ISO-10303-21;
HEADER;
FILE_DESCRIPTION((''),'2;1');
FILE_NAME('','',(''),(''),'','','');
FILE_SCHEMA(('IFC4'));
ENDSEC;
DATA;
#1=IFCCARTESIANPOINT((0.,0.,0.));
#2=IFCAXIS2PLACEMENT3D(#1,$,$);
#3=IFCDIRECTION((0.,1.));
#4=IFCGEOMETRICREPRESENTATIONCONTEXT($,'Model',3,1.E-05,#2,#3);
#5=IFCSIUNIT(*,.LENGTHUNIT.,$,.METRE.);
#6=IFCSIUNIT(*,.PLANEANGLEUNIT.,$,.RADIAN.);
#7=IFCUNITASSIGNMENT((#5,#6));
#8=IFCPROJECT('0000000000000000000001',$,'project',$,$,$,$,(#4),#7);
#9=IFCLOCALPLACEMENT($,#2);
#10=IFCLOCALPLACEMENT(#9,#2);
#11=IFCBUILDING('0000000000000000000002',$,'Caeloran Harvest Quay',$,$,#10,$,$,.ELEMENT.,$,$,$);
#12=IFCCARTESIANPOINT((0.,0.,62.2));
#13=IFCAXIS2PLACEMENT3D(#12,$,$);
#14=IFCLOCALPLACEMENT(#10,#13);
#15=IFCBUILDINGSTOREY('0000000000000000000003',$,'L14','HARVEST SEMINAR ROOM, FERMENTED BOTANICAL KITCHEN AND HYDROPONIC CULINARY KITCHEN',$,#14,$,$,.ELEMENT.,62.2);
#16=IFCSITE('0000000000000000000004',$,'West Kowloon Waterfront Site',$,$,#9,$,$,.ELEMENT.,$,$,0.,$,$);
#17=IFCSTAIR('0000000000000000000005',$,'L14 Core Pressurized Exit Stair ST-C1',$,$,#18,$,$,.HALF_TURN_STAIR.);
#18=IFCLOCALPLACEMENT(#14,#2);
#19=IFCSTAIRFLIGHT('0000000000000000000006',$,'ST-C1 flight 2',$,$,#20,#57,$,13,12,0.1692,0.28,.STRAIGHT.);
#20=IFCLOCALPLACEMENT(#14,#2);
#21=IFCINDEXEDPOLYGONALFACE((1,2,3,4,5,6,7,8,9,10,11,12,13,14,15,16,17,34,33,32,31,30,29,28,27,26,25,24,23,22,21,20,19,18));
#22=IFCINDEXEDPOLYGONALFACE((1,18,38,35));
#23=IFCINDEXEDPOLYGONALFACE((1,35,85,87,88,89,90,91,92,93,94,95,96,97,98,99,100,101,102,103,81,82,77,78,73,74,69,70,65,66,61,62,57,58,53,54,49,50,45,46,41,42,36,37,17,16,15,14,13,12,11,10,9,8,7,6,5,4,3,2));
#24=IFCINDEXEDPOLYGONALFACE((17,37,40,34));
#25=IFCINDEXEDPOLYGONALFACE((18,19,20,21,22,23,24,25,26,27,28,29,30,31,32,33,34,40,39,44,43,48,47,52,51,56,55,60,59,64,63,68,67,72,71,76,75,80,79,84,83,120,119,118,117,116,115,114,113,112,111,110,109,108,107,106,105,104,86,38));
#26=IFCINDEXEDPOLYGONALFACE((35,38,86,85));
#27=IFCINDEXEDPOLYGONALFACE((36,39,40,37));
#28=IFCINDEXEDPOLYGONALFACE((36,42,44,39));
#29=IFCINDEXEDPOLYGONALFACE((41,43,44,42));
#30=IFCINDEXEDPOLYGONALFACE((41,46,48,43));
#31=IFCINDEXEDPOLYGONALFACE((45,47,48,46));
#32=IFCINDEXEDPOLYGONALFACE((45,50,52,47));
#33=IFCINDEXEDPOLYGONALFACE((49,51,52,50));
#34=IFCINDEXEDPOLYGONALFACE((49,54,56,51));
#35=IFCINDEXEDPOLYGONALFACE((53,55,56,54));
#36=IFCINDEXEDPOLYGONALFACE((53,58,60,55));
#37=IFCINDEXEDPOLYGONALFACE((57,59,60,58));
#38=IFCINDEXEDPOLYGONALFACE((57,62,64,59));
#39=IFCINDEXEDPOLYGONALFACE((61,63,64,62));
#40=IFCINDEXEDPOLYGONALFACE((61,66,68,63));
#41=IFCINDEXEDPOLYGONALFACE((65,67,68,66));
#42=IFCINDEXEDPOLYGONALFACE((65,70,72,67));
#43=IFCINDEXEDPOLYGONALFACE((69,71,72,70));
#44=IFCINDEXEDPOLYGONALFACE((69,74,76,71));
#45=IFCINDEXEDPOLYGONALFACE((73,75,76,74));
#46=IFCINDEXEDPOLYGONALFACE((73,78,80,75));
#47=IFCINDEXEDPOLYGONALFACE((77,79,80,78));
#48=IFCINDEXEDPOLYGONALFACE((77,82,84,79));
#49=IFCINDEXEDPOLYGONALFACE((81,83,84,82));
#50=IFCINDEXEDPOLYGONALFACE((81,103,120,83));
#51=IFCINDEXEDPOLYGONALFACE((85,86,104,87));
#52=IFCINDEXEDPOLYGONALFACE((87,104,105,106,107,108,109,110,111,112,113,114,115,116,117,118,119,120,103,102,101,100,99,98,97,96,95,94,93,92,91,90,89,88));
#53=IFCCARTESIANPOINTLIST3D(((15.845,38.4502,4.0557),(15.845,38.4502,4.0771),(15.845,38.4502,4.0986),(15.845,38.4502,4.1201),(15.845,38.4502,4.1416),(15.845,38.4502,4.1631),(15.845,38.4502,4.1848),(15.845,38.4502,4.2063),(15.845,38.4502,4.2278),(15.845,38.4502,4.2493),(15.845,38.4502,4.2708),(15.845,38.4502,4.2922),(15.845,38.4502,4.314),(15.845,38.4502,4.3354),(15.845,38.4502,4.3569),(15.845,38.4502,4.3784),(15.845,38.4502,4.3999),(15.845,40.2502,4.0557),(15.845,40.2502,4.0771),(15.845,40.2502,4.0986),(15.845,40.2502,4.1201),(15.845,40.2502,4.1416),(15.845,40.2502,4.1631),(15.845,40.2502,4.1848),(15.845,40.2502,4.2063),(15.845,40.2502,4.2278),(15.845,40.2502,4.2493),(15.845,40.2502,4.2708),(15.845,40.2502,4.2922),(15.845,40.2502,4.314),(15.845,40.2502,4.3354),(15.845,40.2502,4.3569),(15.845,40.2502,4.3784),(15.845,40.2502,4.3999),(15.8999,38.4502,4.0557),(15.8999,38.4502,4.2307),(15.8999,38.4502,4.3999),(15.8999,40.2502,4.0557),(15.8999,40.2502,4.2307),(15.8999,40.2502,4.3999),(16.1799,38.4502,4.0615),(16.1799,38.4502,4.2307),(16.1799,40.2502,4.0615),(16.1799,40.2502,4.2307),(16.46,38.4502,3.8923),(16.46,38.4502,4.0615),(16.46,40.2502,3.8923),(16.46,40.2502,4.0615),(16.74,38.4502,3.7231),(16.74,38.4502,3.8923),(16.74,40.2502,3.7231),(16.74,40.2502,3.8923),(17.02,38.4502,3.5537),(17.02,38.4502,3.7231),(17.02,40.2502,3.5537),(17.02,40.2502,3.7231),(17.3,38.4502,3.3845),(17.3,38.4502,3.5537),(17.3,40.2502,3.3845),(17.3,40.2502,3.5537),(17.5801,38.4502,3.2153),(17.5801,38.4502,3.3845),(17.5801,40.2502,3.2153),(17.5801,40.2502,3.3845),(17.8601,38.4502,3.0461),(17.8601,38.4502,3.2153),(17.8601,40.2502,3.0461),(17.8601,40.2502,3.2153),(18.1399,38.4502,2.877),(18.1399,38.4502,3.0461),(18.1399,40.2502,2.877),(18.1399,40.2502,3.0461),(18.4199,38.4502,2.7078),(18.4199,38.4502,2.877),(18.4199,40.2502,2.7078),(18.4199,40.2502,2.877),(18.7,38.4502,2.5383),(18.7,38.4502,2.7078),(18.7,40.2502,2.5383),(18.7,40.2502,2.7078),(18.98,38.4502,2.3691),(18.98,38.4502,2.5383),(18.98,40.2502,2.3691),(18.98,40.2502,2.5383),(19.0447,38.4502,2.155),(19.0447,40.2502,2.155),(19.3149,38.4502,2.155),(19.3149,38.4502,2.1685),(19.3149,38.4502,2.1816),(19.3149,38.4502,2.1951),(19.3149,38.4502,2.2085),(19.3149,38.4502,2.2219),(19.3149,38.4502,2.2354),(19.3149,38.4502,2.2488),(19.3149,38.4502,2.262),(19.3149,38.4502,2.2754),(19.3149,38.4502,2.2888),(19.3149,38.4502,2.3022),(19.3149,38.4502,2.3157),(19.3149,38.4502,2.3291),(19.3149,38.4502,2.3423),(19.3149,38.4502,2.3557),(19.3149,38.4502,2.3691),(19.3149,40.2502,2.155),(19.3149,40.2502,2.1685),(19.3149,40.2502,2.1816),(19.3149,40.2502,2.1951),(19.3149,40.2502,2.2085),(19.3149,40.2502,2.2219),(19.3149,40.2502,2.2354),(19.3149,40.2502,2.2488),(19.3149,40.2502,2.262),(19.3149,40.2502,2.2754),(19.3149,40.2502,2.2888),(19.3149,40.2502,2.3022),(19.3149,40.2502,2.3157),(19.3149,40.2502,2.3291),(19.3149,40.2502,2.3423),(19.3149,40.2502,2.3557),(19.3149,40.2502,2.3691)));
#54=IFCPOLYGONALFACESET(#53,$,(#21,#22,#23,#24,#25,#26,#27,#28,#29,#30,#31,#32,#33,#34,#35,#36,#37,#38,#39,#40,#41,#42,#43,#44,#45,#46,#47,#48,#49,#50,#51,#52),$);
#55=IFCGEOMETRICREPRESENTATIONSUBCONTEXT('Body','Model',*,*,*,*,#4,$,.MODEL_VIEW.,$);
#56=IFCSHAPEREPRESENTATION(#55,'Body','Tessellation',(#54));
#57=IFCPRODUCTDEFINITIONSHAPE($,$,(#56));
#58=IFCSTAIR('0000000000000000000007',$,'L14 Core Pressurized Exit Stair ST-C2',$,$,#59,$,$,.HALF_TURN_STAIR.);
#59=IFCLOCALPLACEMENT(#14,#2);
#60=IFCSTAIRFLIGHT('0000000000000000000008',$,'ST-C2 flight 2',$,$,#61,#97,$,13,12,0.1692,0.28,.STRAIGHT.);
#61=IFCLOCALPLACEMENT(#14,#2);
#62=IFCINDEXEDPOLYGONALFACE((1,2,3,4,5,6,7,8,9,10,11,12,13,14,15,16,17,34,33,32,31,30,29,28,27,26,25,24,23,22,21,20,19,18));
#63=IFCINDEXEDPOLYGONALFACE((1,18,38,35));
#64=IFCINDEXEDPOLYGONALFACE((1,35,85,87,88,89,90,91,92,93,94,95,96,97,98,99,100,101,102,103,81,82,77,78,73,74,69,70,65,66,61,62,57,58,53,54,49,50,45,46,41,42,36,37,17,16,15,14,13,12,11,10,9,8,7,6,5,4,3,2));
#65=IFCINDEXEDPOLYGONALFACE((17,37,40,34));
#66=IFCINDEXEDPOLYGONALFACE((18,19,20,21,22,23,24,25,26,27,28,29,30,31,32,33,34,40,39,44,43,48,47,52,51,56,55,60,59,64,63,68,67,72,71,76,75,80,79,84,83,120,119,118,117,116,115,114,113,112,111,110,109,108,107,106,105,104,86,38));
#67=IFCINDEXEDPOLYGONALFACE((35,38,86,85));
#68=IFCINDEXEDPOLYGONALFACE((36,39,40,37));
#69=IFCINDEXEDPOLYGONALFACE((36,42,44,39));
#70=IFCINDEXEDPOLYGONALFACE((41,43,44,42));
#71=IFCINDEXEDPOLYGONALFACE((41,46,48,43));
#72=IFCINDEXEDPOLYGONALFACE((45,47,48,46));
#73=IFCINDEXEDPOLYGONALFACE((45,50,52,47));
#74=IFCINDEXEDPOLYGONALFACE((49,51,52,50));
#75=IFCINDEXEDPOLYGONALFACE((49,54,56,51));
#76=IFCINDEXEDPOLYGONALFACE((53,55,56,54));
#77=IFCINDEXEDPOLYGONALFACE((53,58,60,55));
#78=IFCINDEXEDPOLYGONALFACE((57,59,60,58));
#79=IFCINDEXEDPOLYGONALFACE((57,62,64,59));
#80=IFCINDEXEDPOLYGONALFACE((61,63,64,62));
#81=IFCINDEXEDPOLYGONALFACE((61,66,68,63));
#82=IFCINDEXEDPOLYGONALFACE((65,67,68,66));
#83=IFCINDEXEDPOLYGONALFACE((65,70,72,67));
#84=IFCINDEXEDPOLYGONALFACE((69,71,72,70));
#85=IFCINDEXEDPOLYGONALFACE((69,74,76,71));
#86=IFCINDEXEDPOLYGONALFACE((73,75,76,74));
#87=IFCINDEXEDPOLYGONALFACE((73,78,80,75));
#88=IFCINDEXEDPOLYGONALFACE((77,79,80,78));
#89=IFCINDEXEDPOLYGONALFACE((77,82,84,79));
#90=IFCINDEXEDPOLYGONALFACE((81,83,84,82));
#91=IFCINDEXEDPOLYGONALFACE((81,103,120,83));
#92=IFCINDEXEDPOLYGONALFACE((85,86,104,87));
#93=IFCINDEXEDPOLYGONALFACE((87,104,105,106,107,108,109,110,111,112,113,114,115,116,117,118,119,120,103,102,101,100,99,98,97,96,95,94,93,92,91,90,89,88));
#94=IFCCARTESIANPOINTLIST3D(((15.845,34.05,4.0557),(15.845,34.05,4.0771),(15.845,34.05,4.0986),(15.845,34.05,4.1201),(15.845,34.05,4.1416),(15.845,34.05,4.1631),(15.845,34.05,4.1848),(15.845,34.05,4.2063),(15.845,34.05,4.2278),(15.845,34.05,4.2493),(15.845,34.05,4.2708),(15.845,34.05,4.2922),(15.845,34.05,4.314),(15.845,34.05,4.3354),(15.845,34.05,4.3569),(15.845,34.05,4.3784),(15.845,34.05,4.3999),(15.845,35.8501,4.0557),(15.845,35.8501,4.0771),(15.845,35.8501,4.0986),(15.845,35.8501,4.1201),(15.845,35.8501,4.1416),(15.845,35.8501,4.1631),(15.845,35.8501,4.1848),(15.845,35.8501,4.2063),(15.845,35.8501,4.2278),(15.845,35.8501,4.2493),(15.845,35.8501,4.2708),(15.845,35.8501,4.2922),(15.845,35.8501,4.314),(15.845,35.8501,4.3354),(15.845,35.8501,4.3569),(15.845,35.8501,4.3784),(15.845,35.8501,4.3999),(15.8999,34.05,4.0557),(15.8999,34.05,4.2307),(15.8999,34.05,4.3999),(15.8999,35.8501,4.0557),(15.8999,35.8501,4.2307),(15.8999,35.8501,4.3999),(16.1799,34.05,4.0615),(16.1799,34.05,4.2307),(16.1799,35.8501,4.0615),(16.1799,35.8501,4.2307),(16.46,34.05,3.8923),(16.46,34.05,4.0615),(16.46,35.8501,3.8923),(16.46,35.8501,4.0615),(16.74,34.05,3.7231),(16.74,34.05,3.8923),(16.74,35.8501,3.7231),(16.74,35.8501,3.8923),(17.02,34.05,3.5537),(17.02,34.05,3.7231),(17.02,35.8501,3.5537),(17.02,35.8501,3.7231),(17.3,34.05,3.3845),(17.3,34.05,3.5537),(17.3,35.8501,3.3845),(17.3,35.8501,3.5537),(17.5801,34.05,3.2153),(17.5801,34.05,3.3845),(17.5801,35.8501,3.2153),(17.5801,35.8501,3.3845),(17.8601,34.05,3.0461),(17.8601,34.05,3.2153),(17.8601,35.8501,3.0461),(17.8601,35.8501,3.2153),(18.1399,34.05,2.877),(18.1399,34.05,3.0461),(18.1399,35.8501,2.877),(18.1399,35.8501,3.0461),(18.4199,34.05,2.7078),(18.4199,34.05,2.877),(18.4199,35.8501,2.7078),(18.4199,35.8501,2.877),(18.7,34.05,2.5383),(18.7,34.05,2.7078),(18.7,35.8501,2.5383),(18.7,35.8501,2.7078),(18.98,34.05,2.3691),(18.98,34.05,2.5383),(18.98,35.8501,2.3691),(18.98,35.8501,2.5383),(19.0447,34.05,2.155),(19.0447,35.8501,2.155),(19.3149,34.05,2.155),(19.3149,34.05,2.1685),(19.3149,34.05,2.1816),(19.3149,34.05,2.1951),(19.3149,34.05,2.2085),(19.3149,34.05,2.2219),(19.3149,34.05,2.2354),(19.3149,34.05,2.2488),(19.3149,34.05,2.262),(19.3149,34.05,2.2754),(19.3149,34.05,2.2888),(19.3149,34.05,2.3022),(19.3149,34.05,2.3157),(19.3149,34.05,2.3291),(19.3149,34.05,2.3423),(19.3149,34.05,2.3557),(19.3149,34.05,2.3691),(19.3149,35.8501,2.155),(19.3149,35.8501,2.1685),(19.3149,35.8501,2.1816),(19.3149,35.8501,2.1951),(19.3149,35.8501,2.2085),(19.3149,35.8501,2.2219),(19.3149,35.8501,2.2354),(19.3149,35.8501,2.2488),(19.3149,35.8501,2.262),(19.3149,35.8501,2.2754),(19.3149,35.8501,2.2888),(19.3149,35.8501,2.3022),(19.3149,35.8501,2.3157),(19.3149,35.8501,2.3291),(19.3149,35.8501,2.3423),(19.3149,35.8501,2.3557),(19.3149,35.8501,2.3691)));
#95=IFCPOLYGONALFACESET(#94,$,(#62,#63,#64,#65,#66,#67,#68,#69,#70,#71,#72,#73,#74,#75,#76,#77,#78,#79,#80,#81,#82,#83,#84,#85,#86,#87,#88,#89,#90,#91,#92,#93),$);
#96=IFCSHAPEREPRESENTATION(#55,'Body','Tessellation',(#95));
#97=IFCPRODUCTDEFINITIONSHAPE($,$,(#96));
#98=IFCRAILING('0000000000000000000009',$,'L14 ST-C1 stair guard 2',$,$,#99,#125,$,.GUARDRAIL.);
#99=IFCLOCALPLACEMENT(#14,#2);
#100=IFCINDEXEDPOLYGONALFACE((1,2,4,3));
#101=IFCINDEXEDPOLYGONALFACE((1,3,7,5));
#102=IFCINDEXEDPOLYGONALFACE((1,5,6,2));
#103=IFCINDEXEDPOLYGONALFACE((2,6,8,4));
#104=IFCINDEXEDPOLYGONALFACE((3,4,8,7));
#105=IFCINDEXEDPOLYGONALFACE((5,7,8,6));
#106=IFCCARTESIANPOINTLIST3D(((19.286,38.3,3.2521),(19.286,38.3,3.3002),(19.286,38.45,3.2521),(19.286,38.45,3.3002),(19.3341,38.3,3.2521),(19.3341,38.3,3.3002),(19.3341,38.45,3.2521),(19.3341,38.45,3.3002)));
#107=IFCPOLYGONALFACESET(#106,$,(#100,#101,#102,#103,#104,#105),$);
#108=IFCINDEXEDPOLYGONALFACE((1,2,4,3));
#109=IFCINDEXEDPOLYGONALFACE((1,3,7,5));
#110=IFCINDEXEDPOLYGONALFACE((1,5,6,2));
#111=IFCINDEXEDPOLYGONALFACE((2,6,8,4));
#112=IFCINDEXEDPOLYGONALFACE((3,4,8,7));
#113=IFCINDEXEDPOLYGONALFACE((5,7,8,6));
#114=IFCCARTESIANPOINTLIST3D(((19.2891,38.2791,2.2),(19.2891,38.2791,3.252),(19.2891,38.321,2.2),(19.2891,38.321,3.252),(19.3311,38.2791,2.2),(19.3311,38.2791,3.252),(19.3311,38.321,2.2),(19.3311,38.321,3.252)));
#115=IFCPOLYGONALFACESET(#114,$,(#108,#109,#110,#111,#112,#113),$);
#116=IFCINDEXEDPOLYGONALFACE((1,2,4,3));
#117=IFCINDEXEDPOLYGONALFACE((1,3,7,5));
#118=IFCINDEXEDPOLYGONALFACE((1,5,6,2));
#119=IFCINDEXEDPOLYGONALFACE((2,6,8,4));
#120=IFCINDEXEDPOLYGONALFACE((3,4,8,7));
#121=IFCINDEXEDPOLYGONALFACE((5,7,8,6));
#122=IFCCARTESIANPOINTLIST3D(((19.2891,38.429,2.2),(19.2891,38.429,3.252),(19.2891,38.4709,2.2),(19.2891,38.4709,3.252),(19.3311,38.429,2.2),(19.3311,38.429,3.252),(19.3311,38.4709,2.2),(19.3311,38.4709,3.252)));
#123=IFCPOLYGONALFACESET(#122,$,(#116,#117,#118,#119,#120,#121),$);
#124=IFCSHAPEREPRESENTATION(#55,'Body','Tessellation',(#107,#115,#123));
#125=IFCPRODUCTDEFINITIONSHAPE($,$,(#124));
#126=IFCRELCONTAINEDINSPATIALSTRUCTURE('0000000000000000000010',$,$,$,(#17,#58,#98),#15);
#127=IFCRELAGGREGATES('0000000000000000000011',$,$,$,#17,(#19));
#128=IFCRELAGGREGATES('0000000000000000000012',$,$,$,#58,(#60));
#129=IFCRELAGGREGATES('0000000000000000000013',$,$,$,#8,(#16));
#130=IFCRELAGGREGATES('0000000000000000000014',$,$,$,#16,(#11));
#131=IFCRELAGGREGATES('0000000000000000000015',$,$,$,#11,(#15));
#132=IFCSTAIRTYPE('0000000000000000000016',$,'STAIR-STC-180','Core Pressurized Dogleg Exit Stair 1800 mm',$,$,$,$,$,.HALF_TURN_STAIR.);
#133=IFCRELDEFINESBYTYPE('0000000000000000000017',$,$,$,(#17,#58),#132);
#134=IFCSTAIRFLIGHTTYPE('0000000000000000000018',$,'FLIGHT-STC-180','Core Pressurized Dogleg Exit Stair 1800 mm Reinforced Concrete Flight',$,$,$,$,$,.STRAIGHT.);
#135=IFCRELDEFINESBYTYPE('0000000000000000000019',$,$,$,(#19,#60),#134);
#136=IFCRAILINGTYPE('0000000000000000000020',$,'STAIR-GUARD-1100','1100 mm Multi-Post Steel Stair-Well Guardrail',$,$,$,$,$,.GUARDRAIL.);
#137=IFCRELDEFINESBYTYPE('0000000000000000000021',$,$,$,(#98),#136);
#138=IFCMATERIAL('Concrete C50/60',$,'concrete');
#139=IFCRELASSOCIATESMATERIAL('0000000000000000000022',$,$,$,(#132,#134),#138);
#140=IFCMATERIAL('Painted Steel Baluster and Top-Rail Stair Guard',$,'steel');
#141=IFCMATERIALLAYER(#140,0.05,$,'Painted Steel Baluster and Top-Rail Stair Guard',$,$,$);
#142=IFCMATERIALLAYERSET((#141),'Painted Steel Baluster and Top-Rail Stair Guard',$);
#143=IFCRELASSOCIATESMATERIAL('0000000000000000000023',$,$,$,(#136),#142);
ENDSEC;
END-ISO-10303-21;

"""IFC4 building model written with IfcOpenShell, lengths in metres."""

from ifc_helpers import new_model, si_unit, direction, frame, origin, origin_2d, place, context, subcontext, project, spatial, polyline, rectangle, outline, extrude, material, layer, layer_set, type_object, element, aggregate, save


model = new_model("IFC4")

# Units and contexts
model_context = context("Model", 3, precision=1e-05, world=origin(), true_north=direction((0.0, 1.0)))
body_context = subcontext(model_context, "Body", "Model", "MODEL_VIEW")
ifc_project = project(units=[si_unit("LENGTHUNIT", "METRE"), si_unit("PLANEANGLEUNIT", "RADIAN")], contexts=[model_context])

# Site, building, storey
site_placement = place(None, origin())
site = spatial("IfcSite", under=ifc_project, at=site_placement, Name="West Kowloon Waterfront Site", CompositionType="ELEMENT", RefElevation=0.0)
building_placement = place(site_placement, origin())
building = spatial("IfcBuilding", under=site, at=building_placement, Name="Caeloran Harvest Quay", CompositionType="ELEMENT")
storey_placement = place(building_placement, frame((0.0, 0.0, 62.2)))
storey = spatial("IfcBuildingStorey", under=building, at=storey_placement, Name="L14", Description="HARVEST SEMINAR ROOM, FERMENTED BOTANICAL KITCHEN AND HYDROPONIC CULINARY KITCHEN", CompositionType="ELEMENT", Elevation=62.2)

# Shared definitions
ifc_material_1 = material(Name="Concrete C50/60", Category="concrete")

# Stairs, stair flights
stair_type = type_object("IfcStairType", Name="STAIR-STC-180", Description="Core Pressurized Dogleg Exit Stair 1800 mm", PredefinedType="HALF_TURN_STAIR", material=ifc_material_1)
stair_1_placement = place(storey_placement, origin())
stair_1 = element("IfcStair", 1, at=stair_1_placement, inside=storey, type_object=stair_type, Name="L14 Core Pressurized Exit Stair ST-C1", PredefinedType="HALF_TURN_STAIR")
stair_flight_type = type_object("IfcStairFlightType", Name="FLIGHT-STC-180", Description="Core Pressurized Dogleg Exit Stair 1800 mm Reinforced Concrete Flight", PredefinedType="STRAIGHT", material=ifc_material_1)
stair_flight_1_placement = place(storey_placement, frame((19.26, 39.3501, 2.2), z_axis=(0.0, 0.0, 1.0), x_axis=(-1.0, 0.0, 0.0)))
stair_flight_1 = element("IfcStairFlight", 2, at=stair_flight_1_placement, type_object=stair_flight_type, Name="ST-C1 flight 2", NumberOfRisers=13, NumberOfTreads=12, PredefinedType="STRAIGHT", RiserHeight=0.1692, TreadLength=0.28, context=body_context, shape_type="SweptSolid", body=[
    extrude(outline(polyline([(-0.0549, -0.0449), (-0.0549, -0.0315), (-0.0549, -0.0183), (-0.0549, -0.0049), (-0.0549, 0.0085), (-0.0549, 0.022), (-0.0549, 0.0354), (-0.0549, 0.0488), (-0.0549, 0.062), (-0.0549, 0.0754), (-0.0549, 0.0889), (-0.0549, 0.1023), (-0.0549, 0.1157), (-0.0549, 0.1292), (-0.0549, 0.1423), (-0.0549, 0.1558), (-0.0549, 0.1692), (0.28, 0.1692), (0.28, 0.3384), (0.5601, 0.3384), (0.5601, 0.5078), (0.8401, 0.5078), (0.8401, 0.677), (1.1201, 0.677), (1.1201, 0.8462), (1.3999, 0.8462), (1.3999, 1.0154), (1.6799, 1.0154), (1.6799, 1.1846), (1.96, 1.1846), (1.96, 1.3538), (2.24, 1.3538), (2.24, 1.5232), (2.52, 1.5232), (2.52, 1.6924), (2.8, 1.6924), (2.8, 1.8616), (3.0801, 1.8616), (3.0801, 2.0308), (3.3601, 2.0308), (3.3601, 2.2), (3.415, 2.2), (3.415, 2.1785), (3.415, 2.157), (3.415, 2.1355), (3.415, 2.114), (3.415, 2.0923), (3.415, 2.0708), (3.415, 2.0493), (3.415, 2.0278), (3.415, 2.0063), (3.415, 1.9849), (3.415, 1.9631), (3.415, 1.9417), (3.415, 1.9202), (3.415, 1.8987), (3.415, 1.8772), (3.415, 1.8557), (3.3601, 1.8557), (0.2153, -0.0449), (-0.0549, -0.0449)])), frame((0.0, 0.8999, 0.0), z_axis=(0.0, -1.0, 0.0), x_axis=(1.0, 0.0, 0.0)), (0.0, 0.0, 1.0), 1.8),
])
aggregate(stair_1, [stair_flight_1])
stair_2_placement = place(storey_placement, origin())
stair_2 = element("IfcStair", 3, at=stair_2_placement, inside=storey, type_object=stair_type, Name="L14 Core Pressurized Exit Stair ST-C2", PredefinedType="HALF_TURN_STAIR")
stair_flight_2_placement = place(storey_placement, frame((19.26, 34.95, 2.2), z_axis=(0.0, 0.0, 1.0), x_axis=(-1.0, 0.0, 0.0)))
stair_flight_2 = element("IfcStairFlight", 4, at=stair_flight_2_placement, type_object=stair_flight_type, Name="ST-C2 flight 2", NumberOfRisers=13, NumberOfTreads=12, PredefinedType="STRAIGHT", RiserHeight=0.1692, TreadLength=0.28, context=body_context, shape_type="SweptSolid", body=[
    extrude(outline(polyline([(-0.0549, -0.0449), (-0.0549, -0.0315), (-0.0549, -0.0183), (-0.0549, -0.0049), (-0.0549, 0.0085), (-0.0549, 0.022), (-0.0549, 0.0354), (-0.0549, 0.0488), (-0.0549, 0.062), (-0.0549, 0.0754), (-0.0549, 0.0889), (-0.0549, 0.1023), (-0.0549, 0.1157), (-0.0549, 0.1292), (-0.0549, 0.1423), (-0.0549, 0.1558), (-0.0549, 0.1692), (0.28, 0.1692), (0.28, 0.3384), (0.5601, 0.3384), (0.5601, 0.5078), (0.8401, 0.5078), (0.8401, 0.677), (1.1201, 0.677), (1.1201, 0.8462), (1.3999, 0.8462), (1.3999, 1.0154), (1.6799, 1.0154), (1.6799, 1.1846), (1.96, 1.1846), (1.96, 1.3538), (2.24, 1.3538), (2.24, 1.5232), (2.52, 1.5232), (2.52, 1.6924), (2.8, 1.6924), (2.8, 1.8616), (3.0801, 1.8616), (3.0801, 2.0308), (3.3601, 2.0308), (3.3601, 2.2), (3.415, 2.2), (3.415, 2.1785), (3.415, 2.157), (3.415, 2.1355), (3.415, 2.114), (3.415, 2.0923), (3.415, 2.0708), (3.415, 2.0493), (3.415, 2.0278), (3.415, 2.0063), (3.415, 1.9849), (3.415, 1.9631), (3.415, 1.9417), (3.415, 1.9202), (3.415, 1.8987), (3.415, 1.8772), (3.415, 1.8557), (3.3601, 1.8557), (0.2153, -0.0449), (-0.0549, -0.0449)])), frame((0.0, 0.8999, 0.0), z_axis=(0.0, -1.0, 0.0), x_axis=(1.0, 0.0, 0.0)), (0.0, 0.0, 1.0), 1.8),
])
aggregate(stair_2, [stair_flight_2])

# Railing
ifc_material_2 = material(Name="Painted Steel Baluster and Top-Rail Stair Guard", Category="steel")
ifc_layer_1 = layer(ifc_material_2, 0.05, Name="Painted Steel Baluster and Top-Rail Stair Guard")
ifc_layer_set_1 = layer_set([ifc_layer_1], Name="Painted Steel Baluster and Top-Rail Stair Guard")
railing_type_1 = type_object("IfcRailingType", Name="STAIR-GUARD-1100", Description="1100 mm Multi-Post Steel Stair-Well Guardrail", PredefinedType="GUARDRAIL", material=ifc_layer_set_1)
railing_1_placement = place(storey_placement, frame((19.3101, 38.3, 2.2)))
element("IfcRailing", 5, at=railing_1_placement, inside=storey, type_object=railing_type_1, Name="L14 ST-C1 stair guard 2", PredefinedType="GUARDRAIL", context=body_context, shape_type="SweptSolid", body=[
    extrude(rectangle(XDim=0.0481, YDim=0.0481, at=origin_2d()), frame((0.0, 0.0, 1.0762), z_axis=(0.0, 1.0, 0.0), x_axis=(-1.0, 0.0, 0.0)), (0.0, 0.0, 1.0), 0.1499),
    extrude(rectangle(XDim=0.042, YDim=0.042, at=origin_2d()), origin(), (0.0, 0.0, 1.0), 1.052),
    extrude(rectangle(XDim=0.042, YDim=0.042, at=origin_2d()), frame((0.0, 0.1499, 0.0)), (0.0, 0.0, 1.0), 1.052),
])

save(model, "model.ifc")
